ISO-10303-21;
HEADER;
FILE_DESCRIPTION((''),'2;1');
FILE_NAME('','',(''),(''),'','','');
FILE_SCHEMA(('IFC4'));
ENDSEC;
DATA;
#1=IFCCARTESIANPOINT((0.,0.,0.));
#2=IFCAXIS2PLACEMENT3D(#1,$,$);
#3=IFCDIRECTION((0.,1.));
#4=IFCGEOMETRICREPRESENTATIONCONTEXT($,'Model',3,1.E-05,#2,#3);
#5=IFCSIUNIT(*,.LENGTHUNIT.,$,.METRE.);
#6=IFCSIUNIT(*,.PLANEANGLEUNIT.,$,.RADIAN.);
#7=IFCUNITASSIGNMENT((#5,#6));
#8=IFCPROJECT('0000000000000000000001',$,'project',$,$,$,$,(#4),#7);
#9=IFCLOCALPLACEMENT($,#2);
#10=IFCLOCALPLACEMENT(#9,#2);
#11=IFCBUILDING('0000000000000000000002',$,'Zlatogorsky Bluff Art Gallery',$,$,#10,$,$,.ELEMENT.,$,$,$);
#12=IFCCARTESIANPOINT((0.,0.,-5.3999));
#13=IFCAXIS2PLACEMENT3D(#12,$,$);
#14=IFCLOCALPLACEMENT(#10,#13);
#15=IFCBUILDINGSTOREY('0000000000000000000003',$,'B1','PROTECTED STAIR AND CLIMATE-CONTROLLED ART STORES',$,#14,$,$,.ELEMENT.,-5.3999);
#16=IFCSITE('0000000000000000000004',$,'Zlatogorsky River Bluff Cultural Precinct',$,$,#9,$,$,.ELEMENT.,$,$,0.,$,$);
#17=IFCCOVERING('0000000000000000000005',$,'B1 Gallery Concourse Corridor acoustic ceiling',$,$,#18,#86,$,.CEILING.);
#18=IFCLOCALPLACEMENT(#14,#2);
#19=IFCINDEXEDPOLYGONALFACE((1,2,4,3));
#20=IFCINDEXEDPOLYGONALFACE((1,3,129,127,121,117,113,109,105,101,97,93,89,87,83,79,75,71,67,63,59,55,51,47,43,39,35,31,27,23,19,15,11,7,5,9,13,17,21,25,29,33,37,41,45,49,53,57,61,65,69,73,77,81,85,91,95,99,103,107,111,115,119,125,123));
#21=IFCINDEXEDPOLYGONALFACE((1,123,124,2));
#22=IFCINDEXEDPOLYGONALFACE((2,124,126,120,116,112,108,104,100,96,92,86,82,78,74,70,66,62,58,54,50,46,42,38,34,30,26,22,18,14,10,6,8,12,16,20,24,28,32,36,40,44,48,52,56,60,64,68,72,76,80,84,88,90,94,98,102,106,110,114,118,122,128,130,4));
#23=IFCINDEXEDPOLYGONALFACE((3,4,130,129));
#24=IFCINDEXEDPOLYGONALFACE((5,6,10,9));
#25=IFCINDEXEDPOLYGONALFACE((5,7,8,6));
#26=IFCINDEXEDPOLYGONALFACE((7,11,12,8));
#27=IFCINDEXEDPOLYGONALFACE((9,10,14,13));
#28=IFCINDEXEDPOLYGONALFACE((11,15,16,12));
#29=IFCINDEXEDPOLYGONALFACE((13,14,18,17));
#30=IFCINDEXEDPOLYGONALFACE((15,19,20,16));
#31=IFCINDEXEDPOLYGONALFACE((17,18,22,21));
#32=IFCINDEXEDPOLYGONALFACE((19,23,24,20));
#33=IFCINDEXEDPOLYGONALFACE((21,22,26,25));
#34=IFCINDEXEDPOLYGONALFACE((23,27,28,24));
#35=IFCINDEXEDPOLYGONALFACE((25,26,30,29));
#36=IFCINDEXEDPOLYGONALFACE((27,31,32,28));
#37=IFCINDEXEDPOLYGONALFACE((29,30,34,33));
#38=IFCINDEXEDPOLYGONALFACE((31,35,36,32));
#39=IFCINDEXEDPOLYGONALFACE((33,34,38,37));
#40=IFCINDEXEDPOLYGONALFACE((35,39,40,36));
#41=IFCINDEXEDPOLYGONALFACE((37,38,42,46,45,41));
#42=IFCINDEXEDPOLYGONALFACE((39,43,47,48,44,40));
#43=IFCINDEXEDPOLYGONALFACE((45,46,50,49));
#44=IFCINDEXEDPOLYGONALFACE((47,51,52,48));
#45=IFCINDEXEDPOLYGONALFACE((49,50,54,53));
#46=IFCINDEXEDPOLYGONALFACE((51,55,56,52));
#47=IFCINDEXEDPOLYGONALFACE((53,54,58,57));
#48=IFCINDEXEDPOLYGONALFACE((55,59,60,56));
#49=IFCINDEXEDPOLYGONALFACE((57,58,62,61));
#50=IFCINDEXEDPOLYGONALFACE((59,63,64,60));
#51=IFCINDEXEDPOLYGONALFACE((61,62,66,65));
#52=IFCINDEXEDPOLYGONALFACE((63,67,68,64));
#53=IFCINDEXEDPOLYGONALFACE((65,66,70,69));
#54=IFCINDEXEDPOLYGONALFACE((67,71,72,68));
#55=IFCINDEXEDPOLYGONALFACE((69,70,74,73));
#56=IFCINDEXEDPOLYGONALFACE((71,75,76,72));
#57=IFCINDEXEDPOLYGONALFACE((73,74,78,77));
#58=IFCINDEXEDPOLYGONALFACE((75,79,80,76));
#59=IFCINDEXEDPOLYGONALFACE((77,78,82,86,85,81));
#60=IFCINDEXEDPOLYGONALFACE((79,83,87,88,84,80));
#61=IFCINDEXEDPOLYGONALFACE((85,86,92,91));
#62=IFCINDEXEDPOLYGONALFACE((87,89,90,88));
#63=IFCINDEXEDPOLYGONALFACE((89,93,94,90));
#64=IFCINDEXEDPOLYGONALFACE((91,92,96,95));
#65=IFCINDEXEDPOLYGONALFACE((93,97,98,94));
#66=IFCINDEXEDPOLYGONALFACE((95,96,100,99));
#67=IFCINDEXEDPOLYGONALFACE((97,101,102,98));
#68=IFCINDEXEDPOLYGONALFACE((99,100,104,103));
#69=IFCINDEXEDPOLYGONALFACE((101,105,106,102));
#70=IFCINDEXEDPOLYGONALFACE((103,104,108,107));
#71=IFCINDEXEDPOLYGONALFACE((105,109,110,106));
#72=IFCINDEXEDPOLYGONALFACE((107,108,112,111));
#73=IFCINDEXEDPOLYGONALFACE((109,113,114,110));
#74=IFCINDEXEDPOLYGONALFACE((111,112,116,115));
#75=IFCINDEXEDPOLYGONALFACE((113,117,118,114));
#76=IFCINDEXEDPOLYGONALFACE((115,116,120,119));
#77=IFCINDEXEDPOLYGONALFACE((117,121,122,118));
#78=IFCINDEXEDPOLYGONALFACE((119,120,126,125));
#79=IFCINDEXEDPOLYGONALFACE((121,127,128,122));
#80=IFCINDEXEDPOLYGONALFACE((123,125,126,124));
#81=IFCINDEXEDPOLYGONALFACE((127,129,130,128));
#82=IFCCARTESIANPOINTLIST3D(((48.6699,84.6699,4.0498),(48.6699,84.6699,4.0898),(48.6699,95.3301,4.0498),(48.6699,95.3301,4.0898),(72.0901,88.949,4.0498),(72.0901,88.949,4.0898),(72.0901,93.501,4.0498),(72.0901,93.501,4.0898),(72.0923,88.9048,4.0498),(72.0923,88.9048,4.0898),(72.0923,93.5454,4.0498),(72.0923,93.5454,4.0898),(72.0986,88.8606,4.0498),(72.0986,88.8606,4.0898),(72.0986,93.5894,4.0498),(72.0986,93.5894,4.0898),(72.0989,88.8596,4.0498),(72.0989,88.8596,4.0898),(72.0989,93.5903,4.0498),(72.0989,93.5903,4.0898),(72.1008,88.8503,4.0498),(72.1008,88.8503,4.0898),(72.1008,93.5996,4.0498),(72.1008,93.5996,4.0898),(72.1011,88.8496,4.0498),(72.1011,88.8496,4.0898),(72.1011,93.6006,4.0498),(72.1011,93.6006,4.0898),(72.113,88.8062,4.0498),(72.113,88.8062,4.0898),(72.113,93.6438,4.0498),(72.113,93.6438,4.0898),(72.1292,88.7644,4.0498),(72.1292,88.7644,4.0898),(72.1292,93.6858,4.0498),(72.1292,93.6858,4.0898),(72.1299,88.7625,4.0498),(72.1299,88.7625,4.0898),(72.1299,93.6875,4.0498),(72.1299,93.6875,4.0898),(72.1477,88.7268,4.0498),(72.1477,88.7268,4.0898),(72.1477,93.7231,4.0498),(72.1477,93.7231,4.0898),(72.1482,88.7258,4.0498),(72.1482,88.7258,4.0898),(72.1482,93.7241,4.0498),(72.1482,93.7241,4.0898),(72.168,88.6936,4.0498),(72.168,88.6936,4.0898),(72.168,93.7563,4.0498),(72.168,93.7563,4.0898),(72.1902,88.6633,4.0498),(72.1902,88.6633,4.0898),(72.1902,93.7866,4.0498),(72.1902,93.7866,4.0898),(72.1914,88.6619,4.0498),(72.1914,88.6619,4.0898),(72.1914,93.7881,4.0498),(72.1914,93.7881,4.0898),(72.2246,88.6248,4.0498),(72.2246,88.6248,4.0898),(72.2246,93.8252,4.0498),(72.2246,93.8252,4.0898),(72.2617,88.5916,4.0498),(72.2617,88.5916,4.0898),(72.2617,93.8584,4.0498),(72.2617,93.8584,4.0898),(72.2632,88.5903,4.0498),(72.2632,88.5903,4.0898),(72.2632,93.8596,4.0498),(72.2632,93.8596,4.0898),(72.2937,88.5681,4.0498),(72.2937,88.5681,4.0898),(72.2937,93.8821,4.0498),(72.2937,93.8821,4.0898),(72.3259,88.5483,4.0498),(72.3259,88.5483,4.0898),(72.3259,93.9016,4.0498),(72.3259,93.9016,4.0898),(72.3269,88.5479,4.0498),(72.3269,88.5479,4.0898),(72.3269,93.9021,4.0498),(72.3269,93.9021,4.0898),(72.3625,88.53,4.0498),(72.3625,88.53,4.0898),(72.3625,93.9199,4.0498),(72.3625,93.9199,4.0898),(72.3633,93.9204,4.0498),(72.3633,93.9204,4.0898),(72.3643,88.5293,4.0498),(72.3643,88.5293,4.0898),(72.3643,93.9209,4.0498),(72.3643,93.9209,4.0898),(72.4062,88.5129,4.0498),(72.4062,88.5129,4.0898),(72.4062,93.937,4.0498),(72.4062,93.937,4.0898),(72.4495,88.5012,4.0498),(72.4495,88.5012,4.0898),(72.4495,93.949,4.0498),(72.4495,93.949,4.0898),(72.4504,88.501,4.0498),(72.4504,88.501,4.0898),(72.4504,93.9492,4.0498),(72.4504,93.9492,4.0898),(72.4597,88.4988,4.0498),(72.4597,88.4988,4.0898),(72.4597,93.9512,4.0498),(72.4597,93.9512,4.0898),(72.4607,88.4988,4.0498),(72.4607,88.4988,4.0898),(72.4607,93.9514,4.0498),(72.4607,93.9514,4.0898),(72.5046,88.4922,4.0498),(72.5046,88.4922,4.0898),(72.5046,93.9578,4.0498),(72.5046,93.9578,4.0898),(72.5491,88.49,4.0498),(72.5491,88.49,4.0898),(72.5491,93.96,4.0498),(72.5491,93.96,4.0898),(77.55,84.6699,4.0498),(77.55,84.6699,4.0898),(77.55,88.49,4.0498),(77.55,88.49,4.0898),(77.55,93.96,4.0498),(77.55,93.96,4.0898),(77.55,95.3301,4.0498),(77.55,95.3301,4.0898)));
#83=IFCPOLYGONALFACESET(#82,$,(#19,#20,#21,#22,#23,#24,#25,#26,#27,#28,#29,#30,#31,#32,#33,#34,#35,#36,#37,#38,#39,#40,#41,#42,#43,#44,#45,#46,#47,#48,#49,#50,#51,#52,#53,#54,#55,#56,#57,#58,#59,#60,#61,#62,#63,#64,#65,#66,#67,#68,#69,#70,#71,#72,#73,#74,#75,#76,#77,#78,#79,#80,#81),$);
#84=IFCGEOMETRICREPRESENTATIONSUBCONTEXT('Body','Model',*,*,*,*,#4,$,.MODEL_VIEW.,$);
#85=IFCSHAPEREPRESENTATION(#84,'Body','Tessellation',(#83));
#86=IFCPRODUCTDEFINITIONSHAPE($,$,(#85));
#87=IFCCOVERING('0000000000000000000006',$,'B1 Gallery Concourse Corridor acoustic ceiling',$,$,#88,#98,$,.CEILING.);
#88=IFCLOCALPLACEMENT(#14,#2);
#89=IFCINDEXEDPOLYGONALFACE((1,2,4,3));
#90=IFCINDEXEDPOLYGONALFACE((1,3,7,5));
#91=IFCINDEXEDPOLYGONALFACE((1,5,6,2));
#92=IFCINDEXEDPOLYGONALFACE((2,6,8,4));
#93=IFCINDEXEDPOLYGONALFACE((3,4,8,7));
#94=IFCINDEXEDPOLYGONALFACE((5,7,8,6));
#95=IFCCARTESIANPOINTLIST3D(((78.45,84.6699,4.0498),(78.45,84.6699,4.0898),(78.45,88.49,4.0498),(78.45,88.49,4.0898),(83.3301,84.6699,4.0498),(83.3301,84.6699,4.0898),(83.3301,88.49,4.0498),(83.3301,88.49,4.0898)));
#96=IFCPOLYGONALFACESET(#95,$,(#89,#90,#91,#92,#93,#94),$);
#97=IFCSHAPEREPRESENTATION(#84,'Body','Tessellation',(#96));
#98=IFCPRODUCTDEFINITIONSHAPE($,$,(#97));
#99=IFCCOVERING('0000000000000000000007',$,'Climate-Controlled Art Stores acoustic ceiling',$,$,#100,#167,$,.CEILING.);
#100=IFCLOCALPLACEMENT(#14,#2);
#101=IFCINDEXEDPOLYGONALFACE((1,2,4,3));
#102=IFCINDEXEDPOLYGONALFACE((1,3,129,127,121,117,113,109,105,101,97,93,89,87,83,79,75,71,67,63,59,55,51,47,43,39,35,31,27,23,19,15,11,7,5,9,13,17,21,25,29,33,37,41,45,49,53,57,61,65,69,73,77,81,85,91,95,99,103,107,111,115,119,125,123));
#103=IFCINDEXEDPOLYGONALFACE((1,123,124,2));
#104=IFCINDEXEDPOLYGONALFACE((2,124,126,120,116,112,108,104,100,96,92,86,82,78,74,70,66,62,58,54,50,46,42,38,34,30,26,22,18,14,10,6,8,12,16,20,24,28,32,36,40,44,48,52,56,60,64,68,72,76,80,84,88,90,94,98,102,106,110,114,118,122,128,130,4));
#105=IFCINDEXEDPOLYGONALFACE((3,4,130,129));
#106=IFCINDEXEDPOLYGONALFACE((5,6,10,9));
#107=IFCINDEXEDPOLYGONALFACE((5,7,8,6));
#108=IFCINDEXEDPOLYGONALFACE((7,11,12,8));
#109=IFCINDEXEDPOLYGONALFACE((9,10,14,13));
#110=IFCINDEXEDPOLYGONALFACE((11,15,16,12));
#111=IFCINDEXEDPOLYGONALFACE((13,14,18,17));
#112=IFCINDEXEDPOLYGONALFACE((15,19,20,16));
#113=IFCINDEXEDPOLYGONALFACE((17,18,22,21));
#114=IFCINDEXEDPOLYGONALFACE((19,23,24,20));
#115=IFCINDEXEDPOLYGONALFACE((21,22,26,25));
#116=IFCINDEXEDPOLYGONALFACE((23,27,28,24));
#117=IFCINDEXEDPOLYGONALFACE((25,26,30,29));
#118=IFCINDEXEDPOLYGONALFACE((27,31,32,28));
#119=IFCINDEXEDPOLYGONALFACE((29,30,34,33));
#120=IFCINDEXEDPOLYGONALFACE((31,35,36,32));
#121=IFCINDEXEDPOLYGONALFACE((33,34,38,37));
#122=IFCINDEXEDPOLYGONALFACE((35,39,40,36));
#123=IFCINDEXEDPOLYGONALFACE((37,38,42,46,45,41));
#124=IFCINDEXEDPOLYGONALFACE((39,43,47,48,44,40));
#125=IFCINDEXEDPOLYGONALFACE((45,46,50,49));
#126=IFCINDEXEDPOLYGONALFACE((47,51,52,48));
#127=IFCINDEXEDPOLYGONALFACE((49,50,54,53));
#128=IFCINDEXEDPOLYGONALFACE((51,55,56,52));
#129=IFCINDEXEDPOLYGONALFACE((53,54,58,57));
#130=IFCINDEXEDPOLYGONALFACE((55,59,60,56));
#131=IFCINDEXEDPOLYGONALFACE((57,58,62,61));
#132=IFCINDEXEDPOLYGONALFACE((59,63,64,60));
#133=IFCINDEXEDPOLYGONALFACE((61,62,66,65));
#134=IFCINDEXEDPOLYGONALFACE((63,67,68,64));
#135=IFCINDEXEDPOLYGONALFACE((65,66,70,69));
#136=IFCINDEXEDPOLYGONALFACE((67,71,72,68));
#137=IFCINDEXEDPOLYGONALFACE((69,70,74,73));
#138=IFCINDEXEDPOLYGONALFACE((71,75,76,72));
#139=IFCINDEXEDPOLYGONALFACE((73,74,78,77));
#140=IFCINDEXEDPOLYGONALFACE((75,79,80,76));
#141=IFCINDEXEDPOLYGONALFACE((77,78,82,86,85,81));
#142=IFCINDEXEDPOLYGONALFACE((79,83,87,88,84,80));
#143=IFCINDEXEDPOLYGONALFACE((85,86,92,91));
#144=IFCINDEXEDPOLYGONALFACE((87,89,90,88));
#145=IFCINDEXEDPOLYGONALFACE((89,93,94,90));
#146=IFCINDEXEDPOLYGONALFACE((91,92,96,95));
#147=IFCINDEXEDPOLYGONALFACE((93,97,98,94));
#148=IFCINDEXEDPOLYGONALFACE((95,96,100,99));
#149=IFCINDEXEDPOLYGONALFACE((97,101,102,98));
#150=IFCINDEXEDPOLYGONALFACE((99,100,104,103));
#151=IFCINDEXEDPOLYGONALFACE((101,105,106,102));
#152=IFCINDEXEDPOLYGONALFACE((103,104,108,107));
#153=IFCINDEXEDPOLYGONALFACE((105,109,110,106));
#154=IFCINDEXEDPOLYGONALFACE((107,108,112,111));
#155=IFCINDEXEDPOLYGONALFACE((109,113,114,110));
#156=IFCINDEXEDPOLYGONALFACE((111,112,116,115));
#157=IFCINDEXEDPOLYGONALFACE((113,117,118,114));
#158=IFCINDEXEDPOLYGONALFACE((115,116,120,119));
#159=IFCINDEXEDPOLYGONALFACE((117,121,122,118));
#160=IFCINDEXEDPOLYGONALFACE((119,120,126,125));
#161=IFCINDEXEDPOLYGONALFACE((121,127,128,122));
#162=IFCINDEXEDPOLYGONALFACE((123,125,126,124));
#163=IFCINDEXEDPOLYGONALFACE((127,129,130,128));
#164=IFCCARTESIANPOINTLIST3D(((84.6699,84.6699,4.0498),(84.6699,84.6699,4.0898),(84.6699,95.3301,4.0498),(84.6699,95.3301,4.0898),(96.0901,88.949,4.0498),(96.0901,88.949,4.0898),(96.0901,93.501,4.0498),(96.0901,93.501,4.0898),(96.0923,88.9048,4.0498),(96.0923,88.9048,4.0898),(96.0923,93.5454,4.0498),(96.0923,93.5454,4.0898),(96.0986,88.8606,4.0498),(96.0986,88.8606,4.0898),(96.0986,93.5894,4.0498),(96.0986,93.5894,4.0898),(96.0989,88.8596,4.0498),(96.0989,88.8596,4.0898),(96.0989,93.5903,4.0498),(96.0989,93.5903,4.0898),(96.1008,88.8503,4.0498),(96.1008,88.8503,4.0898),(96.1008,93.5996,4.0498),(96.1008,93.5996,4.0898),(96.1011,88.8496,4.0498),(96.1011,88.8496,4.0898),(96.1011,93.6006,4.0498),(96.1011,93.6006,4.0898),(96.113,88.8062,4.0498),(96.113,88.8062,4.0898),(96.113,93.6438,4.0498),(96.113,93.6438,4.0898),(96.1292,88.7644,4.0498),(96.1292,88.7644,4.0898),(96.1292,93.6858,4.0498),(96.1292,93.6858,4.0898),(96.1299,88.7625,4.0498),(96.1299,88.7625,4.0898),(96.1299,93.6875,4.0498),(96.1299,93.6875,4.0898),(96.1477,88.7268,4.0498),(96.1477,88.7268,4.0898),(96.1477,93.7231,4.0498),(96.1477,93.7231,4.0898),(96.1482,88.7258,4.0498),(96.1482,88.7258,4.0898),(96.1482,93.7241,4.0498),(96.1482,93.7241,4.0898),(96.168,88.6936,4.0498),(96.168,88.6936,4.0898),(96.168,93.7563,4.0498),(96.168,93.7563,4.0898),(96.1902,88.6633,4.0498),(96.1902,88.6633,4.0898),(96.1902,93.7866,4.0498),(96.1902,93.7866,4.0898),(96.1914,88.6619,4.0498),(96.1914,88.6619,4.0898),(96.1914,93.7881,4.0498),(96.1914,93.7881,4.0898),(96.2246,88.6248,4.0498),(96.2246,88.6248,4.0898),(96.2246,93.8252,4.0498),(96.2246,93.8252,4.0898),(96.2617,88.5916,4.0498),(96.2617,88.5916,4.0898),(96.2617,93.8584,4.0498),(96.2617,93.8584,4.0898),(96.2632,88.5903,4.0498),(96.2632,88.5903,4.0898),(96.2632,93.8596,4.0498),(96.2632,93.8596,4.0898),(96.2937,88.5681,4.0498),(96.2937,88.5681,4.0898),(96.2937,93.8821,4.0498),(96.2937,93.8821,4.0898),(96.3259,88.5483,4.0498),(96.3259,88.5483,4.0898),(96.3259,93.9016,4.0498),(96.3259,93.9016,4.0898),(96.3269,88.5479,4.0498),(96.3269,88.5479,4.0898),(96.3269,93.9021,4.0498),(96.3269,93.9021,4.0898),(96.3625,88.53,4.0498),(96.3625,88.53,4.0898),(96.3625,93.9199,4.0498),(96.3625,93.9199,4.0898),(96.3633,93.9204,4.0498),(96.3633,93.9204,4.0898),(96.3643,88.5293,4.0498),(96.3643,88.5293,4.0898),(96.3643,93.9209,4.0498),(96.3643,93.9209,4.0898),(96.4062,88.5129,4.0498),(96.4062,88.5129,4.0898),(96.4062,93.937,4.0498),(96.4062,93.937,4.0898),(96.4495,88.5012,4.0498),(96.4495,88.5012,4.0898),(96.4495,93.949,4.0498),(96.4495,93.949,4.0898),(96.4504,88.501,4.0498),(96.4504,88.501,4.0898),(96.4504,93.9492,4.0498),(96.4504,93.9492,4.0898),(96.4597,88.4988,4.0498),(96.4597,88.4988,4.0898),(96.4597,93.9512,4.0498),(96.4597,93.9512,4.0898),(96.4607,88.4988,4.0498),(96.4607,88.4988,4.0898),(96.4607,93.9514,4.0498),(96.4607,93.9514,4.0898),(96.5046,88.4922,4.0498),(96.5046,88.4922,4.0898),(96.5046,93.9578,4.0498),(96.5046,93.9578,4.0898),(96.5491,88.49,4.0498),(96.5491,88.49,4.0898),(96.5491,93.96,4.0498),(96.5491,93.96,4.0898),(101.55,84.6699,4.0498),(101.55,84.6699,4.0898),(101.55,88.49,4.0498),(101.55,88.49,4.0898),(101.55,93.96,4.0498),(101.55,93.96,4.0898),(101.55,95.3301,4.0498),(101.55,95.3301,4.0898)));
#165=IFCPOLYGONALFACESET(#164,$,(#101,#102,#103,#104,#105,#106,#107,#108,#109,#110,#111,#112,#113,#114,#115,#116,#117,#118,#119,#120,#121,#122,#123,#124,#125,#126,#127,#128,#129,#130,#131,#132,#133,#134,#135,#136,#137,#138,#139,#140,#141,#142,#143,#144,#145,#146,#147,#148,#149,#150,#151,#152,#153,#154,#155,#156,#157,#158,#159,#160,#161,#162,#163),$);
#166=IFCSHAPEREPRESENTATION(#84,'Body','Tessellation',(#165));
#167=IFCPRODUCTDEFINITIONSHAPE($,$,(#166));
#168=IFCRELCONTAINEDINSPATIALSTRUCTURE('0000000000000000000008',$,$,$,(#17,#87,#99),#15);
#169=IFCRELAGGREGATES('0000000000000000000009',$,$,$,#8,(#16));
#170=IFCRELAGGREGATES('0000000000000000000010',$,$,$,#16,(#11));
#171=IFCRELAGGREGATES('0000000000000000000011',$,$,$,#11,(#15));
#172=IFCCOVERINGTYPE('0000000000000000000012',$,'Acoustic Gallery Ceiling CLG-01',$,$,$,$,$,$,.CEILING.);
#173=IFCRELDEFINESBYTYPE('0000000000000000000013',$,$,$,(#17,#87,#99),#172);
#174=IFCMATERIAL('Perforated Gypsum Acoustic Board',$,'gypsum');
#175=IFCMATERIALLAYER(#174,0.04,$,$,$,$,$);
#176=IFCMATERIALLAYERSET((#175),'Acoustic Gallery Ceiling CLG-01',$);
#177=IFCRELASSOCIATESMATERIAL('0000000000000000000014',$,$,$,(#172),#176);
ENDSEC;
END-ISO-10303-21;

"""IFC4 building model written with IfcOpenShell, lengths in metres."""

from ifc_helpers import new_model, si_unit, direction, frame, origin, place, context, subcontext, project, spatial, polyline, outline, extrude, material, layer, layer_set, type_object, element, save


model = new_model("IFC4")

# Units and contexts
model_context = context("Model", 3, precision=1e-05, world=origin(), true_north=direction((0.0, 1.0)))
body_context = subcontext(model_context, "Body", "Model", "MODEL_VIEW")
ifc_project = project(units=[si_unit("LENGTHUNIT", "METRE"), si_unit("PLANEANGLEUNIT", "RADIAN")], contexts=[model_context])

# Site, building, storey
site_placement = place(None, origin())
site = spatial("IfcSite", under=ifc_project, at=site_placement, Name="Zlatogorsky River Bluff Cultural Precinct", CompositionType="ELEMENT", RefElevation=0.0)
building_placement = place(site_placement, origin())
building = spatial("IfcBuilding", under=site, at=building_placement, Name="Zlatogorsky Bluff Art Gallery", CompositionType="ELEMENT")
storey_placement = place(building_placement, frame((0.0, 0.0, -5.3999)))
storey = spatial("IfcBuildingStorey", under=building, at=storey_placement, Name="B1", Description="PROTECTED STAIR AND CLIMATE-CONTROLLED ART STORES", CompositionType="ELEMENT", Elevation=-5.3999)

# Coverings
ifc_material_1 = material(Name="Perforated Gypsum Acoustic Board", Category="gypsum")
ifc_layer_1 = layer(ifc_material_1, 0.04)
ifc_layer_set_1 = layer_set([ifc_layer_1], Name="Acoustic Gallery Ceiling CLG-01")
covering_type_1 = type_object("IfcCoveringType", Name="Acoustic Gallery Ceiling CLG-01", PredefinedType="CEILING", material=ifc_layer_set_1)
covering_1_placement = place(storey_placement, frame((0.0, 0.0, 4.0498)))
element("IfcCovering", 1, at=covering_1_placement, inside=storey, type_object=covering_type_1, Name="B1 Gallery Concourse Corridor acoustic ceiling", PredefinedType="CEILING", context=body_context, shape_type="SweptSolid", body=[
    extrude(outline(polyline([(77.55, 93.96), (72.5491, 93.96), (72.5046, 93.9578), (72.4607, 93.9514), (72.4597, 93.9512), (72.4504, 93.9492), (72.4495, 93.949), (72.4062, 93.937), (72.3643, 93.9209), (72.3633, 93.9204), (72.3625, 93.9199), (72.3269, 93.9021), (72.3259, 93.9016), (72.2937, 93.8821), (72.2632, 93.8596), (72.2617, 93.8584), (72.2246, 93.8252), (72.1914, 93.7881), (72.1902, 93.7866), (72.168, 93.7563), (72.1482, 93.7241), (72.1477, 93.7231), (72.1299, 93.6875), (72.1292, 93.6858), (72.113, 93.6438), (72.1011, 93.6006), (72.1008, 93.5996), (72.0989, 93.5903), (72.0986, 93.5894), (72.0923, 93.5454), (72.0901, 93.501), (72.0901, 88.949), (72.0923, 88.9048), (72.0986, 88.8606), (72.0989, 88.8596), (72.1008, 88.8503), (72.1011, 88.8496), (72.113, 88.8062), (72.1292, 88.7644), (72.1299, 88.7625), (72.1477, 88.7268), (72.1482, 88.7258), (72.168, 88.6936), (72.1902, 88.6633), (72.1914, 88.6619), (72.2246, 88.6248), (72.2617, 88.5916), (72.2632, 88.5903), (72.2937, 88.5681), (72.3259, 88.5483), (72.3269, 88.5479), (72.3625, 88.53), (72.3643, 88.5293), (72.4062, 88.5129), (72.4495, 88.5012), (72.4504, 88.501), (72.4597, 88.4988), (72.4607, 88.4988), (72.5046, 88.4922), (72.5491, 88.49), (77.55, 88.49), (77.55, 84.6699), (48.6699, 84.6699), (48.6699, 95.3301), (77.55, 95.3301), (77.55, 93.96)])), origin(), (0.0, 0.0, 1.0), 0.04),
])
covering_2_placement = place(storey_placement, frame((0.0, 0.0, 4.0498)))
element("IfcCovering", 2, at=covering_2_placement, inside=storey, type_object=covering_type_1, Name="B1 Gallery Concourse Corridor acoustic ceiling", PredefinedType="CEILING", context=body_context, shape_type="SweptSolid", body=[
    extrude(outline(polyline([(83.3301, 84.6699), (78.45, 84.6699), (78.45, 88.49), (83.3301, 88.49), (83.3301, 84.6699)])), origin(), (0.0, 0.0, 1.0), 0.04),
])
covering_3_placement = place(storey_placement, frame((0.0, 0.0, 4.0498)))
element("IfcCovering", 3, at=covering_3_placement, inside=storey, type_object=covering_type_1, Name="Climate-Controlled Art Stores acoustic ceiling", PredefinedType="CEILING", context=body_context, shape_type="SweptSolid", body=[
    extrude(outline(polyline([(84.6699, 95.3301), (101.55, 95.3301), (101.55, 93.96), (96.5491, 93.96), (96.5046, 93.9578), (96.4607, 93.9514), (96.4597, 93.9512), (96.4504, 93.9492), (96.4495, 93.949), (96.4062, 93.937), (96.3643, 93.9209), (96.3633, 93.9204), (96.3625, 93.9199), (96.3269, 93.9021), (96.3259, 93.9016), (96.2937, 93.8821), (96.2632, 93.8596), (96.2617, 93.8584), (96.2246, 93.8252), (96.1914, 93.7881), (96.1902, 93.7866), (96.168, 93.7563), (96.1482, 93.7241), (96.1477, 93.7231), (96.1299, 93.6875), (96.1292, 93.6858), (96.113, 93.6438), (96.1011, 93.6006), (96.1008, 93.5996), (96.0989, 93.5903), (96.0986, 93.5894), (96.0923, 93.5454), (96.0901, 93.501), (96.0901, 88.949), (96.0923, 88.9048), (96.0986, 88.8606), (96.0989, 88.8596), (96.1008, 88.8503), (96.1011, 88.8496), (96.113, 88.8062), (96.1292, 88.7644), (96.1299, 88.7625), (96.1477, 88.7268), (96.1482, 88.7258), (96.168, 88.6936), (96.1902, 88.6633), (96.1914, 88.6619), (96.2246, 88.6248), (96.2617, 88.5916), (96.2632, 88.5903), (96.2937, 88.5681), (96.3259, 88.5483), (96.3269, 88.5479), (96.3625, 88.53), (96.3643, 88.5293), (96.4062, 88.5129), (96.4495, 88.5012), (96.4504, 88.501), (96.4597, 88.4988), (96.4607, 88.4988), (96.5046, 88.4922), (96.5491, 88.49), (101.55, 88.49), (101.55, 84.6699), (84.6699, 84.6699), (84.6699, 95.3301)])), origin(), (0.0, 0.0, 1.0), 0.04),
])

save(model, "model.ifc")
